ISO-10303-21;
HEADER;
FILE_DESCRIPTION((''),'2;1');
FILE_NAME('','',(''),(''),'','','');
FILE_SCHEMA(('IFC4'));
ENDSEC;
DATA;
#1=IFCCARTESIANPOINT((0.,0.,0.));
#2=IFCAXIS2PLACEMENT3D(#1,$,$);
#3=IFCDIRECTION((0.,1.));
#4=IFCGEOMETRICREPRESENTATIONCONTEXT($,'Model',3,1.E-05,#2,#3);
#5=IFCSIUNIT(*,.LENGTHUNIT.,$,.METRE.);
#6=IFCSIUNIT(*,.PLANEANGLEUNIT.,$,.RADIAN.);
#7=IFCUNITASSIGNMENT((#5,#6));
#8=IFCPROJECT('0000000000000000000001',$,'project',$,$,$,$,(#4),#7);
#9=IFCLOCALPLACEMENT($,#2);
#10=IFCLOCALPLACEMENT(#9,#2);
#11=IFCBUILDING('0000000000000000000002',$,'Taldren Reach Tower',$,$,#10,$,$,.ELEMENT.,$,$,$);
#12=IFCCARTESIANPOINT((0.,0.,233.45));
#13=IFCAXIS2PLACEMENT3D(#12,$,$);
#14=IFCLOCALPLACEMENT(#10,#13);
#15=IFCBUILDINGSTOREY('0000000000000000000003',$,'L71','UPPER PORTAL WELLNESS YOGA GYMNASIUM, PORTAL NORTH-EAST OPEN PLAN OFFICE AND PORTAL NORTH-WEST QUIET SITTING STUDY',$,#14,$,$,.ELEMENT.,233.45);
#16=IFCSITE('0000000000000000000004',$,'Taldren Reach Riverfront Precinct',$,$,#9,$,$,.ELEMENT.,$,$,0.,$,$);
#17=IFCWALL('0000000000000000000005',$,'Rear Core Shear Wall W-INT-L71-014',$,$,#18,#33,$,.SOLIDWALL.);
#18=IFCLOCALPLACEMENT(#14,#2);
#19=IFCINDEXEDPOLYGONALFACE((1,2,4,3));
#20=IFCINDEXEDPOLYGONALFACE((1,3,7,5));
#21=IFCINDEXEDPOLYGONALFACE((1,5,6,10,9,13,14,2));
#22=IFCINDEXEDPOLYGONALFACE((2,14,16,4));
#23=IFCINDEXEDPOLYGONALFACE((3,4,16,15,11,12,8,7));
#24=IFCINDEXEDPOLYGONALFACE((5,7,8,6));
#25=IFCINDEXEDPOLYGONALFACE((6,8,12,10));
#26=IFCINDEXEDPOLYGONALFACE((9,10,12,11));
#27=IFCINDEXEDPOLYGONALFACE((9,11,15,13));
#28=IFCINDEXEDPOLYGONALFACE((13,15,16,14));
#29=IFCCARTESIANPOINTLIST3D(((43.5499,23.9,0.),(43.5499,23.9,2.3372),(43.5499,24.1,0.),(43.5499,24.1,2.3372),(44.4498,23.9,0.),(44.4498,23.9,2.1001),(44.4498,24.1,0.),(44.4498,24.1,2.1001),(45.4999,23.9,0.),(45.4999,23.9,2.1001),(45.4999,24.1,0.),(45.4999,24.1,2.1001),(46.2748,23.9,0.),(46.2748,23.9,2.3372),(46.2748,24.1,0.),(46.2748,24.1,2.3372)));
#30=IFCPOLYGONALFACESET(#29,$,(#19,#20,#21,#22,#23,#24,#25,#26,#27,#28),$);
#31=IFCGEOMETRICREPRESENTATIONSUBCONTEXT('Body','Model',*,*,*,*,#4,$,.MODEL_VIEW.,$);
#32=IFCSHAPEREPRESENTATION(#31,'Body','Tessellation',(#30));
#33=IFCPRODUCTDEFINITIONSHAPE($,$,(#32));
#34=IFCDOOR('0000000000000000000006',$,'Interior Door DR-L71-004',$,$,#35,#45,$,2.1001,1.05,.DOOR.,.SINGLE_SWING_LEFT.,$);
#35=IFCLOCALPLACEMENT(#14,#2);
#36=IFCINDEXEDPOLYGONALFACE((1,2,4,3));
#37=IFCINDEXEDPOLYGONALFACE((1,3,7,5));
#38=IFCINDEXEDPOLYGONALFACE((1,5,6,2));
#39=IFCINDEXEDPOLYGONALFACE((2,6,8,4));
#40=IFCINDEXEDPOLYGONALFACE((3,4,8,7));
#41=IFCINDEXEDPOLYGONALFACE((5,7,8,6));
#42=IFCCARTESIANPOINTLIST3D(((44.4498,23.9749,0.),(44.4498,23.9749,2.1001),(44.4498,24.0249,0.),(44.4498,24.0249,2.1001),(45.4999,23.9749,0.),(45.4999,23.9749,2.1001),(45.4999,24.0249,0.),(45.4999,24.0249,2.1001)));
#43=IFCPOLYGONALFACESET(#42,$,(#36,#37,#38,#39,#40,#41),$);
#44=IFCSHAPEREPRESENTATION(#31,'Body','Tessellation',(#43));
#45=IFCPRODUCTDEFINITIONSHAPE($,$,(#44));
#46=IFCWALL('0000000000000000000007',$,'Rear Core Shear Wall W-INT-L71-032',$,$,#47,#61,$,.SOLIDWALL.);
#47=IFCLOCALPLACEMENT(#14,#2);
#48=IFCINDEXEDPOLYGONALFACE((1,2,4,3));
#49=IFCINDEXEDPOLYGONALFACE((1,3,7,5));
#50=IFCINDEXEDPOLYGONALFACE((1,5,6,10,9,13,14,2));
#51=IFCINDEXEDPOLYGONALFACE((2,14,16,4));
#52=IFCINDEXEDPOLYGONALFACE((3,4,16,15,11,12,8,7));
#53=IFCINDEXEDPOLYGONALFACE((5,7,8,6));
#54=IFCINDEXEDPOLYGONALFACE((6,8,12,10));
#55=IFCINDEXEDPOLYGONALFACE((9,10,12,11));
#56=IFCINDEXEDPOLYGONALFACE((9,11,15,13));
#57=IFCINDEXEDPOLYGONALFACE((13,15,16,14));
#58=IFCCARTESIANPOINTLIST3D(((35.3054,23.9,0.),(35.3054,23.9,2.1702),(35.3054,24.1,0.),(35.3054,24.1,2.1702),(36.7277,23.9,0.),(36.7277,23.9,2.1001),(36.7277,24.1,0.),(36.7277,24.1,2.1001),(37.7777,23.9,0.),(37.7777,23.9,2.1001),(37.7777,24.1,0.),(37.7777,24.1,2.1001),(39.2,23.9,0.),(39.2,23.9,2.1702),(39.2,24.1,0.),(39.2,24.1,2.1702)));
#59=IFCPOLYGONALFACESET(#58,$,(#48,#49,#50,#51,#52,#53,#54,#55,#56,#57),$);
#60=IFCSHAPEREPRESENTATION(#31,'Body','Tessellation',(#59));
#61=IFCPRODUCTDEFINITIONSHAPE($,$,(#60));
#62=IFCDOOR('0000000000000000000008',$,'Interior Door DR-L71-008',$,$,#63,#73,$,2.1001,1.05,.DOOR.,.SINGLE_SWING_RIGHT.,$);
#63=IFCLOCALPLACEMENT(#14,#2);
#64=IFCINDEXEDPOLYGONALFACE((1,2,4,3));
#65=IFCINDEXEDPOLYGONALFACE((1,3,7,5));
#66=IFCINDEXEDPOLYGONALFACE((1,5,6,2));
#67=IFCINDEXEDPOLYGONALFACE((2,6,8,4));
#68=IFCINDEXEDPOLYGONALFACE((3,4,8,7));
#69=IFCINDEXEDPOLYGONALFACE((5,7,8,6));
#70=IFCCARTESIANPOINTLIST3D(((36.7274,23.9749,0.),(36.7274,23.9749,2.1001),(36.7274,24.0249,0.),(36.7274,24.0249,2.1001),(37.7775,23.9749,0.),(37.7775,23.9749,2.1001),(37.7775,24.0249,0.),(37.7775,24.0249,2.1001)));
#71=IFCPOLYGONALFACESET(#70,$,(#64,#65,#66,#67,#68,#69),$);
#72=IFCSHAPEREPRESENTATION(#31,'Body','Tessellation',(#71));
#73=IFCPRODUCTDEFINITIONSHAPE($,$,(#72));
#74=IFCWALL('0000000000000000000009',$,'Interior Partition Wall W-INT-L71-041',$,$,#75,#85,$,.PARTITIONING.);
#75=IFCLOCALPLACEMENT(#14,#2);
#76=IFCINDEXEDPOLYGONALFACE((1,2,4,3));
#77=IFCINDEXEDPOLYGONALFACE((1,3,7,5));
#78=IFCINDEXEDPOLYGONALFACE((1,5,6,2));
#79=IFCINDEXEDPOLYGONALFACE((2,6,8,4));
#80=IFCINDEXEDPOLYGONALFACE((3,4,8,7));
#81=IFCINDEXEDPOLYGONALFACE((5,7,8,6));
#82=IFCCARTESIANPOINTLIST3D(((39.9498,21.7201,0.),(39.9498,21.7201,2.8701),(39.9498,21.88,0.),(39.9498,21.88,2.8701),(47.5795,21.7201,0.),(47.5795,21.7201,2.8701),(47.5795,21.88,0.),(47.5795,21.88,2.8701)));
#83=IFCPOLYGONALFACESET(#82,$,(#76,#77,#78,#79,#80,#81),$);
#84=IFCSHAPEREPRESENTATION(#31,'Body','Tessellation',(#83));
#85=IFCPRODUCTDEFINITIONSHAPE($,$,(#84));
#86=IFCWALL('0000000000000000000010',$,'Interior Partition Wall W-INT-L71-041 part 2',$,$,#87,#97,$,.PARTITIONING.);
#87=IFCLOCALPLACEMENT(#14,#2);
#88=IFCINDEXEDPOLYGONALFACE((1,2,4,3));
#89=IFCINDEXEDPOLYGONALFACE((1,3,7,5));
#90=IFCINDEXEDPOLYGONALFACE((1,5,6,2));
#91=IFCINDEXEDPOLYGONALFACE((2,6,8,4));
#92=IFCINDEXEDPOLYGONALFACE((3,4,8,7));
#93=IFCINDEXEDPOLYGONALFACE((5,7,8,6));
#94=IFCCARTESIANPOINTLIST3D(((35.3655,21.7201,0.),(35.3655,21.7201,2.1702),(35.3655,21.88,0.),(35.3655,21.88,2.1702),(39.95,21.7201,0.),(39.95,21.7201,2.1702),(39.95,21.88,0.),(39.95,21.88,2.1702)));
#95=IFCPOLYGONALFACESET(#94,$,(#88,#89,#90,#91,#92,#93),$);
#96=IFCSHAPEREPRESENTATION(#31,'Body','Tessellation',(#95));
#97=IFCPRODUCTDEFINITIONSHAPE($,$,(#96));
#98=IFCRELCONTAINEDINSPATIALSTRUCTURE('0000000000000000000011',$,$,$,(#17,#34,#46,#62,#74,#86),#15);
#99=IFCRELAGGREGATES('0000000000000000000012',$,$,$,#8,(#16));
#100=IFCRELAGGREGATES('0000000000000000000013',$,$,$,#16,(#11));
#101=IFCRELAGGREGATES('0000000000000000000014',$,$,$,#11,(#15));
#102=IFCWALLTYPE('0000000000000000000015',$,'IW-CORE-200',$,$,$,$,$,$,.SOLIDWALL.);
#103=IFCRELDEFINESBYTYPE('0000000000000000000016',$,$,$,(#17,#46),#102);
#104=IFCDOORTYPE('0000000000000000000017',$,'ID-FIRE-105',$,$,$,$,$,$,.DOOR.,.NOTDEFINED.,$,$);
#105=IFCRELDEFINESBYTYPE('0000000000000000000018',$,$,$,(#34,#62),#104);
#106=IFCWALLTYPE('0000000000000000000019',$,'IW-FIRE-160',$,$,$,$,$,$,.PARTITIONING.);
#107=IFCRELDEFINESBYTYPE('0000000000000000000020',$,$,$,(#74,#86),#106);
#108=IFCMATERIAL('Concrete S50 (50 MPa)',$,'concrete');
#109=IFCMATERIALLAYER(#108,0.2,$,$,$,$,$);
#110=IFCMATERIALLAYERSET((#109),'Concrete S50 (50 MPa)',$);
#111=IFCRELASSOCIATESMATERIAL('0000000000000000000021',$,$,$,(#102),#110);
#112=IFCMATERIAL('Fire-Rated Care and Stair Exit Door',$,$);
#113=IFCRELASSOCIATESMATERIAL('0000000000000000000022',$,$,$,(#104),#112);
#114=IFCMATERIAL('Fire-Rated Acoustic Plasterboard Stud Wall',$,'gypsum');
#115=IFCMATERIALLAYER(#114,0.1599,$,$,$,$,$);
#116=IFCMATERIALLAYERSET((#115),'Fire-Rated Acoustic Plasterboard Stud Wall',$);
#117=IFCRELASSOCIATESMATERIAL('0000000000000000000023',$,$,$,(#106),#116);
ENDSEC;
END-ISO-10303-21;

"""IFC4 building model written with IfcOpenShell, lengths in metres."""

from ifc_helpers import new_model, si_unit, direction, frame, frame_2d, origin, place, context, subcontext, project, spatial, rectangle, extrude, source, transform, mapped, material, layer, layer_set, type_object, element, fill, save


model = new_model("IFC4")

# Units and contexts
model_context = context("Model", 3, precision=1e-05, world=origin(), true_north=direction((0.0, 1.0)))
body_context = subcontext(model_context, "Body", "Model", "MODEL_VIEW")
ifc_project = project(units=[si_unit("LENGTHUNIT", "METRE"), si_unit("PLANEANGLEUNIT", "RADIAN")], contexts=[model_context])

# Site, building, storey
site_placement = place(None, origin())
site = spatial("IfcSite", under=ifc_project, at=site_placement, Name="Taldren Reach Riverfront Precinct", CompositionType="ELEMENT", RefElevation=0.0)
building_placement = place(site_placement, origin())
building = spatial("IfcBuilding", under=site, at=building_placement, Name="Taldren Reach Tower", CompositionType="ELEMENT")
storey_placement = place(building_placement, frame((0.0, 0.0, 233.45)))
storey = spatial("IfcBuildingStorey", under=building, at=storey_placement, Name="L71", Description="UPPER PORTAL WELLNESS YOGA GYMNASIUM, PORTAL NORTH-EAST OPEN PLAN OFFICE AND PORTAL NORTH-WEST QUIET SITTING STUDY", CompositionType="ELEMENT", Elevation=233.45)

# Walls, openings, doors
ifc_material_1 = material(Name="Concrete S50 (50 MPa)", Category="concrete")
ifc_layer_1 = layer(ifc_material_1, 0.2)
ifc_layer_set_1 = layer_set([ifc_layer_1], Name="Concrete S50 (50 MPa)")
wall_type_1 = type_object("IfcWallType", Name="IW-CORE-200", PredefinedType="SOLIDWALL", material=ifc_layer_set_1)
shared_shape_1 = source(origin(), body_context, "Body", "SweptSolid", [
    extrude(rectangle(XDim=2.7249, YDim=0.2, at=frame_2d((1.3623, 0.0))), origin(), (0.0, 0.0, 1.0), 2.3372),
])
wall_1_placement = place(storey_placement, frame((43.55, 24.0, 0.0), z_axis=(0.0, 0.0, 1.0), x_axis=(1.0, 0.0, 0.0)))
wall_1 = element("IfcWall", 1, at=wall_1_placement, inside=storey, type_object=wall_type_1, Name="Rear Core Shear Wall W-INT-L71-014", PredefinedType="SOLIDWALL", context=body_context, shape_type="MappedRepresentation", body=[
    mapped(shared_shape_1, transform((0.0, 0.0, 0.0), scale=1.0)),
])
shared_shape_2 = source(origin(), body_context, "Body", "SweptSolid", [
    extrude(rectangle(XDim=1.05, YDim=2.1001, at=frame_2d((0.5249, 1.05))), frame((0.0, 0.1099, 0.0), z_axis=(0.0, -1.0, 0.0), x_axis=(1.0, 0.0, 0.0)), (0.0, 0.0, 1.0), 0.22),
])
opening_1_placement = place(wall_1_placement, frame((0.8999, 0.0, 0.0)))
opening_1 = element("IfcOpeningElement", 2, at=opening_1_placement, cuts=wall_1, PredefinedType="OPENING", context=body_context, shape_type="MappedRepresentation", body=[
    mapped(shared_shape_2, transform((0.0, 0.0, 0.0), scale=1.0)),
])
ifc_material_2 = material(Name="Fire-Rated Care and Stair Exit Door")
door_type = type_object("IfcDoorType", Name="ID-FIRE-105", OperationType="NOTDEFINED", PredefinedType="DOOR", material=ifc_material_2)
shared_shape_3 = source(origin(), body_context, "Body", "SweptSolid", [
    extrude(rectangle(XDim=1.05, YDim=2.1001, at=frame_2d((0.5249, 1.05))), frame((0.0, 0.0249, 0.0), z_axis=(0.0, -1.0, 0.0), x_axis=(1.0, 0.0, 0.0)), (0.0, 0.0, 1.0), 0.05),
])
door_1_placement = place(opening_1_placement, origin())
door_1 = element("IfcDoor", 3, at=door_1_placement, inside=storey, type_object=door_type, Name="Interior Door DR-L71-004", OperationType="SINGLE_SWING_LEFT", OverallHeight=2.1001, OverallWidth=1.05, PredefinedType="DOOR", context=body_context, shape_type="MappedRepresentation", body=[
    mapped(shared_shape_3, transform((0.0, 0.0, 0.0), scale=1.0)),
])
fill(opening_1, door_1)
shared_shape_4 = source(origin(), body_context, "Body", "SweptSolid", [
    extrude(rectangle(XDim=3.8945, YDim=0.2, at=frame_2d((1.9473, 0.0))), origin(), (0.0, 0.0, 1.0), 2.1702),
])
wall_2_placement = place(storey_placement, frame((39.2, 24.0, 0.0), z_axis=(0.0, 0.0, 1.0), x_axis=(-1.0, 0.0, 0.0)))
wall_2 = element("IfcWall", 4, at=wall_2_placement, inside=storey, type_object=wall_type_1, Name="Rear Core Shear Wall W-INT-L71-032", PredefinedType="SOLIDWALL", context=body_context, shape_type="MappedRepresentation", body=[
    mapped(shared_shape_4, transform((0.0, 0.0, 0.0), scale=1.0)),
])
opening_2_placement = place(wall_2_placement, frame((1.4224, 0.0, 0.0)))
opening_2 = element("IfcOpeningElement", 5, at=opening_2_placement, cuts=wall_2, PredefinedType="OPENING", context=body_context, shape_type="MappedRepresentation", body=[
    mapped(shared_shape_2, transform((0.0, 0.0, 0.0), scale=1.0)),
])
door_2_placement = place(opening_2_placement, frame((1.05, 0.0, 0.0), z_axis=(0.0, 0.0, 1.0), x_axis=(-1.0, 0.0, 0.0)))
door_2 = element("IfcDoor", 6, at=door_2_placement, inside=storey, type_object=door_type, Name="Interior Door DR-L71-008", OperationType="SINGLE_SWING_RIGHT", OverallHeight=2.1001, OverallWidth=1.05, PredefinedType="DOOR", context=body_context, shape_type="MappedRepresentation", body=[
    mapped(shared_shape_3, transform((0.0, 0.0, 0.0), scale=1.0)),
])
fill(opening_2, door_2)

# Walls
ifc_material_3 = material(Name="Fire-Rated Acoustic Plasterboard Stud Wall", Category="gypsum")
ifc_layer_2 = layer(ifc_material_3, 0.1599)
ifc_layer_set_2 = layer_set([ifc_layer_2], Name="Fire-Rated Acoustic Plasterboard Stud Wall")
wall_type_2 = type_object("IfcWallType", Name="IW-FIRE-160", PredefinedType="PARTITIONING", material=ifc_layer_set_2)
shared_shape_5 = source(origin(), body_context, "Body", "SweptSolid", [
    extrude(rectangle(XDim=7.6296, YDim=0.1599, at=frame_2d((3.8149, 0.0))), origin(), (0.0, 0.0, 1.0), 2.8701),
])
wall_3_placement = place(storey_placement, frame((47.5796, 21.8, 0.0), z_axis=(0.0, 0.0, 1.0), x_axis=(-1.0, 0.0, 0.0)))
element("IfcWall", 7, at=wall_3_placement, inside=storey, type_object=wall_type_2, Name="Interior Partition Wall W-INT-L71-041", PredefinedType="PARTITIONING", context=body_context, shape_type="MappedRepresentation", body=[
    mapped(shared_shape_5, transform((0.0, 0.0, 0.0), scale=1.0)),
])
shared_shape_6 = source(origin(), body_context, "Body", "SweptSolid", [
    extrude(rectangle(XDim=4.5845, YDim=0.1599, at=frame_2d((2.2922, 0.0))), origin(), (0.0, 0.0, 1.0), 2.1702),
])
wall_4_placement = place(storey_placement, frame((39.95, 21.8, 0.0), z_axis=(0.0, 0.0, 1.0), x_axis=(-1.0, 0.0, 0.0)))
element("IfcWall", 8, at=wall_4_placement, inside=storey, type_object=wall_type_2, Name="Interior Partition Wall W-INT-L71-041 part 2", PredefinedType="PARTITIONING", context=body_context, shape_type="MappedRepresentation", body=[
    mapped(shared_shape_6, transform((0.0, 0.0, 0.0), scale=1.0)),
])

save(model, "model.ifc")
